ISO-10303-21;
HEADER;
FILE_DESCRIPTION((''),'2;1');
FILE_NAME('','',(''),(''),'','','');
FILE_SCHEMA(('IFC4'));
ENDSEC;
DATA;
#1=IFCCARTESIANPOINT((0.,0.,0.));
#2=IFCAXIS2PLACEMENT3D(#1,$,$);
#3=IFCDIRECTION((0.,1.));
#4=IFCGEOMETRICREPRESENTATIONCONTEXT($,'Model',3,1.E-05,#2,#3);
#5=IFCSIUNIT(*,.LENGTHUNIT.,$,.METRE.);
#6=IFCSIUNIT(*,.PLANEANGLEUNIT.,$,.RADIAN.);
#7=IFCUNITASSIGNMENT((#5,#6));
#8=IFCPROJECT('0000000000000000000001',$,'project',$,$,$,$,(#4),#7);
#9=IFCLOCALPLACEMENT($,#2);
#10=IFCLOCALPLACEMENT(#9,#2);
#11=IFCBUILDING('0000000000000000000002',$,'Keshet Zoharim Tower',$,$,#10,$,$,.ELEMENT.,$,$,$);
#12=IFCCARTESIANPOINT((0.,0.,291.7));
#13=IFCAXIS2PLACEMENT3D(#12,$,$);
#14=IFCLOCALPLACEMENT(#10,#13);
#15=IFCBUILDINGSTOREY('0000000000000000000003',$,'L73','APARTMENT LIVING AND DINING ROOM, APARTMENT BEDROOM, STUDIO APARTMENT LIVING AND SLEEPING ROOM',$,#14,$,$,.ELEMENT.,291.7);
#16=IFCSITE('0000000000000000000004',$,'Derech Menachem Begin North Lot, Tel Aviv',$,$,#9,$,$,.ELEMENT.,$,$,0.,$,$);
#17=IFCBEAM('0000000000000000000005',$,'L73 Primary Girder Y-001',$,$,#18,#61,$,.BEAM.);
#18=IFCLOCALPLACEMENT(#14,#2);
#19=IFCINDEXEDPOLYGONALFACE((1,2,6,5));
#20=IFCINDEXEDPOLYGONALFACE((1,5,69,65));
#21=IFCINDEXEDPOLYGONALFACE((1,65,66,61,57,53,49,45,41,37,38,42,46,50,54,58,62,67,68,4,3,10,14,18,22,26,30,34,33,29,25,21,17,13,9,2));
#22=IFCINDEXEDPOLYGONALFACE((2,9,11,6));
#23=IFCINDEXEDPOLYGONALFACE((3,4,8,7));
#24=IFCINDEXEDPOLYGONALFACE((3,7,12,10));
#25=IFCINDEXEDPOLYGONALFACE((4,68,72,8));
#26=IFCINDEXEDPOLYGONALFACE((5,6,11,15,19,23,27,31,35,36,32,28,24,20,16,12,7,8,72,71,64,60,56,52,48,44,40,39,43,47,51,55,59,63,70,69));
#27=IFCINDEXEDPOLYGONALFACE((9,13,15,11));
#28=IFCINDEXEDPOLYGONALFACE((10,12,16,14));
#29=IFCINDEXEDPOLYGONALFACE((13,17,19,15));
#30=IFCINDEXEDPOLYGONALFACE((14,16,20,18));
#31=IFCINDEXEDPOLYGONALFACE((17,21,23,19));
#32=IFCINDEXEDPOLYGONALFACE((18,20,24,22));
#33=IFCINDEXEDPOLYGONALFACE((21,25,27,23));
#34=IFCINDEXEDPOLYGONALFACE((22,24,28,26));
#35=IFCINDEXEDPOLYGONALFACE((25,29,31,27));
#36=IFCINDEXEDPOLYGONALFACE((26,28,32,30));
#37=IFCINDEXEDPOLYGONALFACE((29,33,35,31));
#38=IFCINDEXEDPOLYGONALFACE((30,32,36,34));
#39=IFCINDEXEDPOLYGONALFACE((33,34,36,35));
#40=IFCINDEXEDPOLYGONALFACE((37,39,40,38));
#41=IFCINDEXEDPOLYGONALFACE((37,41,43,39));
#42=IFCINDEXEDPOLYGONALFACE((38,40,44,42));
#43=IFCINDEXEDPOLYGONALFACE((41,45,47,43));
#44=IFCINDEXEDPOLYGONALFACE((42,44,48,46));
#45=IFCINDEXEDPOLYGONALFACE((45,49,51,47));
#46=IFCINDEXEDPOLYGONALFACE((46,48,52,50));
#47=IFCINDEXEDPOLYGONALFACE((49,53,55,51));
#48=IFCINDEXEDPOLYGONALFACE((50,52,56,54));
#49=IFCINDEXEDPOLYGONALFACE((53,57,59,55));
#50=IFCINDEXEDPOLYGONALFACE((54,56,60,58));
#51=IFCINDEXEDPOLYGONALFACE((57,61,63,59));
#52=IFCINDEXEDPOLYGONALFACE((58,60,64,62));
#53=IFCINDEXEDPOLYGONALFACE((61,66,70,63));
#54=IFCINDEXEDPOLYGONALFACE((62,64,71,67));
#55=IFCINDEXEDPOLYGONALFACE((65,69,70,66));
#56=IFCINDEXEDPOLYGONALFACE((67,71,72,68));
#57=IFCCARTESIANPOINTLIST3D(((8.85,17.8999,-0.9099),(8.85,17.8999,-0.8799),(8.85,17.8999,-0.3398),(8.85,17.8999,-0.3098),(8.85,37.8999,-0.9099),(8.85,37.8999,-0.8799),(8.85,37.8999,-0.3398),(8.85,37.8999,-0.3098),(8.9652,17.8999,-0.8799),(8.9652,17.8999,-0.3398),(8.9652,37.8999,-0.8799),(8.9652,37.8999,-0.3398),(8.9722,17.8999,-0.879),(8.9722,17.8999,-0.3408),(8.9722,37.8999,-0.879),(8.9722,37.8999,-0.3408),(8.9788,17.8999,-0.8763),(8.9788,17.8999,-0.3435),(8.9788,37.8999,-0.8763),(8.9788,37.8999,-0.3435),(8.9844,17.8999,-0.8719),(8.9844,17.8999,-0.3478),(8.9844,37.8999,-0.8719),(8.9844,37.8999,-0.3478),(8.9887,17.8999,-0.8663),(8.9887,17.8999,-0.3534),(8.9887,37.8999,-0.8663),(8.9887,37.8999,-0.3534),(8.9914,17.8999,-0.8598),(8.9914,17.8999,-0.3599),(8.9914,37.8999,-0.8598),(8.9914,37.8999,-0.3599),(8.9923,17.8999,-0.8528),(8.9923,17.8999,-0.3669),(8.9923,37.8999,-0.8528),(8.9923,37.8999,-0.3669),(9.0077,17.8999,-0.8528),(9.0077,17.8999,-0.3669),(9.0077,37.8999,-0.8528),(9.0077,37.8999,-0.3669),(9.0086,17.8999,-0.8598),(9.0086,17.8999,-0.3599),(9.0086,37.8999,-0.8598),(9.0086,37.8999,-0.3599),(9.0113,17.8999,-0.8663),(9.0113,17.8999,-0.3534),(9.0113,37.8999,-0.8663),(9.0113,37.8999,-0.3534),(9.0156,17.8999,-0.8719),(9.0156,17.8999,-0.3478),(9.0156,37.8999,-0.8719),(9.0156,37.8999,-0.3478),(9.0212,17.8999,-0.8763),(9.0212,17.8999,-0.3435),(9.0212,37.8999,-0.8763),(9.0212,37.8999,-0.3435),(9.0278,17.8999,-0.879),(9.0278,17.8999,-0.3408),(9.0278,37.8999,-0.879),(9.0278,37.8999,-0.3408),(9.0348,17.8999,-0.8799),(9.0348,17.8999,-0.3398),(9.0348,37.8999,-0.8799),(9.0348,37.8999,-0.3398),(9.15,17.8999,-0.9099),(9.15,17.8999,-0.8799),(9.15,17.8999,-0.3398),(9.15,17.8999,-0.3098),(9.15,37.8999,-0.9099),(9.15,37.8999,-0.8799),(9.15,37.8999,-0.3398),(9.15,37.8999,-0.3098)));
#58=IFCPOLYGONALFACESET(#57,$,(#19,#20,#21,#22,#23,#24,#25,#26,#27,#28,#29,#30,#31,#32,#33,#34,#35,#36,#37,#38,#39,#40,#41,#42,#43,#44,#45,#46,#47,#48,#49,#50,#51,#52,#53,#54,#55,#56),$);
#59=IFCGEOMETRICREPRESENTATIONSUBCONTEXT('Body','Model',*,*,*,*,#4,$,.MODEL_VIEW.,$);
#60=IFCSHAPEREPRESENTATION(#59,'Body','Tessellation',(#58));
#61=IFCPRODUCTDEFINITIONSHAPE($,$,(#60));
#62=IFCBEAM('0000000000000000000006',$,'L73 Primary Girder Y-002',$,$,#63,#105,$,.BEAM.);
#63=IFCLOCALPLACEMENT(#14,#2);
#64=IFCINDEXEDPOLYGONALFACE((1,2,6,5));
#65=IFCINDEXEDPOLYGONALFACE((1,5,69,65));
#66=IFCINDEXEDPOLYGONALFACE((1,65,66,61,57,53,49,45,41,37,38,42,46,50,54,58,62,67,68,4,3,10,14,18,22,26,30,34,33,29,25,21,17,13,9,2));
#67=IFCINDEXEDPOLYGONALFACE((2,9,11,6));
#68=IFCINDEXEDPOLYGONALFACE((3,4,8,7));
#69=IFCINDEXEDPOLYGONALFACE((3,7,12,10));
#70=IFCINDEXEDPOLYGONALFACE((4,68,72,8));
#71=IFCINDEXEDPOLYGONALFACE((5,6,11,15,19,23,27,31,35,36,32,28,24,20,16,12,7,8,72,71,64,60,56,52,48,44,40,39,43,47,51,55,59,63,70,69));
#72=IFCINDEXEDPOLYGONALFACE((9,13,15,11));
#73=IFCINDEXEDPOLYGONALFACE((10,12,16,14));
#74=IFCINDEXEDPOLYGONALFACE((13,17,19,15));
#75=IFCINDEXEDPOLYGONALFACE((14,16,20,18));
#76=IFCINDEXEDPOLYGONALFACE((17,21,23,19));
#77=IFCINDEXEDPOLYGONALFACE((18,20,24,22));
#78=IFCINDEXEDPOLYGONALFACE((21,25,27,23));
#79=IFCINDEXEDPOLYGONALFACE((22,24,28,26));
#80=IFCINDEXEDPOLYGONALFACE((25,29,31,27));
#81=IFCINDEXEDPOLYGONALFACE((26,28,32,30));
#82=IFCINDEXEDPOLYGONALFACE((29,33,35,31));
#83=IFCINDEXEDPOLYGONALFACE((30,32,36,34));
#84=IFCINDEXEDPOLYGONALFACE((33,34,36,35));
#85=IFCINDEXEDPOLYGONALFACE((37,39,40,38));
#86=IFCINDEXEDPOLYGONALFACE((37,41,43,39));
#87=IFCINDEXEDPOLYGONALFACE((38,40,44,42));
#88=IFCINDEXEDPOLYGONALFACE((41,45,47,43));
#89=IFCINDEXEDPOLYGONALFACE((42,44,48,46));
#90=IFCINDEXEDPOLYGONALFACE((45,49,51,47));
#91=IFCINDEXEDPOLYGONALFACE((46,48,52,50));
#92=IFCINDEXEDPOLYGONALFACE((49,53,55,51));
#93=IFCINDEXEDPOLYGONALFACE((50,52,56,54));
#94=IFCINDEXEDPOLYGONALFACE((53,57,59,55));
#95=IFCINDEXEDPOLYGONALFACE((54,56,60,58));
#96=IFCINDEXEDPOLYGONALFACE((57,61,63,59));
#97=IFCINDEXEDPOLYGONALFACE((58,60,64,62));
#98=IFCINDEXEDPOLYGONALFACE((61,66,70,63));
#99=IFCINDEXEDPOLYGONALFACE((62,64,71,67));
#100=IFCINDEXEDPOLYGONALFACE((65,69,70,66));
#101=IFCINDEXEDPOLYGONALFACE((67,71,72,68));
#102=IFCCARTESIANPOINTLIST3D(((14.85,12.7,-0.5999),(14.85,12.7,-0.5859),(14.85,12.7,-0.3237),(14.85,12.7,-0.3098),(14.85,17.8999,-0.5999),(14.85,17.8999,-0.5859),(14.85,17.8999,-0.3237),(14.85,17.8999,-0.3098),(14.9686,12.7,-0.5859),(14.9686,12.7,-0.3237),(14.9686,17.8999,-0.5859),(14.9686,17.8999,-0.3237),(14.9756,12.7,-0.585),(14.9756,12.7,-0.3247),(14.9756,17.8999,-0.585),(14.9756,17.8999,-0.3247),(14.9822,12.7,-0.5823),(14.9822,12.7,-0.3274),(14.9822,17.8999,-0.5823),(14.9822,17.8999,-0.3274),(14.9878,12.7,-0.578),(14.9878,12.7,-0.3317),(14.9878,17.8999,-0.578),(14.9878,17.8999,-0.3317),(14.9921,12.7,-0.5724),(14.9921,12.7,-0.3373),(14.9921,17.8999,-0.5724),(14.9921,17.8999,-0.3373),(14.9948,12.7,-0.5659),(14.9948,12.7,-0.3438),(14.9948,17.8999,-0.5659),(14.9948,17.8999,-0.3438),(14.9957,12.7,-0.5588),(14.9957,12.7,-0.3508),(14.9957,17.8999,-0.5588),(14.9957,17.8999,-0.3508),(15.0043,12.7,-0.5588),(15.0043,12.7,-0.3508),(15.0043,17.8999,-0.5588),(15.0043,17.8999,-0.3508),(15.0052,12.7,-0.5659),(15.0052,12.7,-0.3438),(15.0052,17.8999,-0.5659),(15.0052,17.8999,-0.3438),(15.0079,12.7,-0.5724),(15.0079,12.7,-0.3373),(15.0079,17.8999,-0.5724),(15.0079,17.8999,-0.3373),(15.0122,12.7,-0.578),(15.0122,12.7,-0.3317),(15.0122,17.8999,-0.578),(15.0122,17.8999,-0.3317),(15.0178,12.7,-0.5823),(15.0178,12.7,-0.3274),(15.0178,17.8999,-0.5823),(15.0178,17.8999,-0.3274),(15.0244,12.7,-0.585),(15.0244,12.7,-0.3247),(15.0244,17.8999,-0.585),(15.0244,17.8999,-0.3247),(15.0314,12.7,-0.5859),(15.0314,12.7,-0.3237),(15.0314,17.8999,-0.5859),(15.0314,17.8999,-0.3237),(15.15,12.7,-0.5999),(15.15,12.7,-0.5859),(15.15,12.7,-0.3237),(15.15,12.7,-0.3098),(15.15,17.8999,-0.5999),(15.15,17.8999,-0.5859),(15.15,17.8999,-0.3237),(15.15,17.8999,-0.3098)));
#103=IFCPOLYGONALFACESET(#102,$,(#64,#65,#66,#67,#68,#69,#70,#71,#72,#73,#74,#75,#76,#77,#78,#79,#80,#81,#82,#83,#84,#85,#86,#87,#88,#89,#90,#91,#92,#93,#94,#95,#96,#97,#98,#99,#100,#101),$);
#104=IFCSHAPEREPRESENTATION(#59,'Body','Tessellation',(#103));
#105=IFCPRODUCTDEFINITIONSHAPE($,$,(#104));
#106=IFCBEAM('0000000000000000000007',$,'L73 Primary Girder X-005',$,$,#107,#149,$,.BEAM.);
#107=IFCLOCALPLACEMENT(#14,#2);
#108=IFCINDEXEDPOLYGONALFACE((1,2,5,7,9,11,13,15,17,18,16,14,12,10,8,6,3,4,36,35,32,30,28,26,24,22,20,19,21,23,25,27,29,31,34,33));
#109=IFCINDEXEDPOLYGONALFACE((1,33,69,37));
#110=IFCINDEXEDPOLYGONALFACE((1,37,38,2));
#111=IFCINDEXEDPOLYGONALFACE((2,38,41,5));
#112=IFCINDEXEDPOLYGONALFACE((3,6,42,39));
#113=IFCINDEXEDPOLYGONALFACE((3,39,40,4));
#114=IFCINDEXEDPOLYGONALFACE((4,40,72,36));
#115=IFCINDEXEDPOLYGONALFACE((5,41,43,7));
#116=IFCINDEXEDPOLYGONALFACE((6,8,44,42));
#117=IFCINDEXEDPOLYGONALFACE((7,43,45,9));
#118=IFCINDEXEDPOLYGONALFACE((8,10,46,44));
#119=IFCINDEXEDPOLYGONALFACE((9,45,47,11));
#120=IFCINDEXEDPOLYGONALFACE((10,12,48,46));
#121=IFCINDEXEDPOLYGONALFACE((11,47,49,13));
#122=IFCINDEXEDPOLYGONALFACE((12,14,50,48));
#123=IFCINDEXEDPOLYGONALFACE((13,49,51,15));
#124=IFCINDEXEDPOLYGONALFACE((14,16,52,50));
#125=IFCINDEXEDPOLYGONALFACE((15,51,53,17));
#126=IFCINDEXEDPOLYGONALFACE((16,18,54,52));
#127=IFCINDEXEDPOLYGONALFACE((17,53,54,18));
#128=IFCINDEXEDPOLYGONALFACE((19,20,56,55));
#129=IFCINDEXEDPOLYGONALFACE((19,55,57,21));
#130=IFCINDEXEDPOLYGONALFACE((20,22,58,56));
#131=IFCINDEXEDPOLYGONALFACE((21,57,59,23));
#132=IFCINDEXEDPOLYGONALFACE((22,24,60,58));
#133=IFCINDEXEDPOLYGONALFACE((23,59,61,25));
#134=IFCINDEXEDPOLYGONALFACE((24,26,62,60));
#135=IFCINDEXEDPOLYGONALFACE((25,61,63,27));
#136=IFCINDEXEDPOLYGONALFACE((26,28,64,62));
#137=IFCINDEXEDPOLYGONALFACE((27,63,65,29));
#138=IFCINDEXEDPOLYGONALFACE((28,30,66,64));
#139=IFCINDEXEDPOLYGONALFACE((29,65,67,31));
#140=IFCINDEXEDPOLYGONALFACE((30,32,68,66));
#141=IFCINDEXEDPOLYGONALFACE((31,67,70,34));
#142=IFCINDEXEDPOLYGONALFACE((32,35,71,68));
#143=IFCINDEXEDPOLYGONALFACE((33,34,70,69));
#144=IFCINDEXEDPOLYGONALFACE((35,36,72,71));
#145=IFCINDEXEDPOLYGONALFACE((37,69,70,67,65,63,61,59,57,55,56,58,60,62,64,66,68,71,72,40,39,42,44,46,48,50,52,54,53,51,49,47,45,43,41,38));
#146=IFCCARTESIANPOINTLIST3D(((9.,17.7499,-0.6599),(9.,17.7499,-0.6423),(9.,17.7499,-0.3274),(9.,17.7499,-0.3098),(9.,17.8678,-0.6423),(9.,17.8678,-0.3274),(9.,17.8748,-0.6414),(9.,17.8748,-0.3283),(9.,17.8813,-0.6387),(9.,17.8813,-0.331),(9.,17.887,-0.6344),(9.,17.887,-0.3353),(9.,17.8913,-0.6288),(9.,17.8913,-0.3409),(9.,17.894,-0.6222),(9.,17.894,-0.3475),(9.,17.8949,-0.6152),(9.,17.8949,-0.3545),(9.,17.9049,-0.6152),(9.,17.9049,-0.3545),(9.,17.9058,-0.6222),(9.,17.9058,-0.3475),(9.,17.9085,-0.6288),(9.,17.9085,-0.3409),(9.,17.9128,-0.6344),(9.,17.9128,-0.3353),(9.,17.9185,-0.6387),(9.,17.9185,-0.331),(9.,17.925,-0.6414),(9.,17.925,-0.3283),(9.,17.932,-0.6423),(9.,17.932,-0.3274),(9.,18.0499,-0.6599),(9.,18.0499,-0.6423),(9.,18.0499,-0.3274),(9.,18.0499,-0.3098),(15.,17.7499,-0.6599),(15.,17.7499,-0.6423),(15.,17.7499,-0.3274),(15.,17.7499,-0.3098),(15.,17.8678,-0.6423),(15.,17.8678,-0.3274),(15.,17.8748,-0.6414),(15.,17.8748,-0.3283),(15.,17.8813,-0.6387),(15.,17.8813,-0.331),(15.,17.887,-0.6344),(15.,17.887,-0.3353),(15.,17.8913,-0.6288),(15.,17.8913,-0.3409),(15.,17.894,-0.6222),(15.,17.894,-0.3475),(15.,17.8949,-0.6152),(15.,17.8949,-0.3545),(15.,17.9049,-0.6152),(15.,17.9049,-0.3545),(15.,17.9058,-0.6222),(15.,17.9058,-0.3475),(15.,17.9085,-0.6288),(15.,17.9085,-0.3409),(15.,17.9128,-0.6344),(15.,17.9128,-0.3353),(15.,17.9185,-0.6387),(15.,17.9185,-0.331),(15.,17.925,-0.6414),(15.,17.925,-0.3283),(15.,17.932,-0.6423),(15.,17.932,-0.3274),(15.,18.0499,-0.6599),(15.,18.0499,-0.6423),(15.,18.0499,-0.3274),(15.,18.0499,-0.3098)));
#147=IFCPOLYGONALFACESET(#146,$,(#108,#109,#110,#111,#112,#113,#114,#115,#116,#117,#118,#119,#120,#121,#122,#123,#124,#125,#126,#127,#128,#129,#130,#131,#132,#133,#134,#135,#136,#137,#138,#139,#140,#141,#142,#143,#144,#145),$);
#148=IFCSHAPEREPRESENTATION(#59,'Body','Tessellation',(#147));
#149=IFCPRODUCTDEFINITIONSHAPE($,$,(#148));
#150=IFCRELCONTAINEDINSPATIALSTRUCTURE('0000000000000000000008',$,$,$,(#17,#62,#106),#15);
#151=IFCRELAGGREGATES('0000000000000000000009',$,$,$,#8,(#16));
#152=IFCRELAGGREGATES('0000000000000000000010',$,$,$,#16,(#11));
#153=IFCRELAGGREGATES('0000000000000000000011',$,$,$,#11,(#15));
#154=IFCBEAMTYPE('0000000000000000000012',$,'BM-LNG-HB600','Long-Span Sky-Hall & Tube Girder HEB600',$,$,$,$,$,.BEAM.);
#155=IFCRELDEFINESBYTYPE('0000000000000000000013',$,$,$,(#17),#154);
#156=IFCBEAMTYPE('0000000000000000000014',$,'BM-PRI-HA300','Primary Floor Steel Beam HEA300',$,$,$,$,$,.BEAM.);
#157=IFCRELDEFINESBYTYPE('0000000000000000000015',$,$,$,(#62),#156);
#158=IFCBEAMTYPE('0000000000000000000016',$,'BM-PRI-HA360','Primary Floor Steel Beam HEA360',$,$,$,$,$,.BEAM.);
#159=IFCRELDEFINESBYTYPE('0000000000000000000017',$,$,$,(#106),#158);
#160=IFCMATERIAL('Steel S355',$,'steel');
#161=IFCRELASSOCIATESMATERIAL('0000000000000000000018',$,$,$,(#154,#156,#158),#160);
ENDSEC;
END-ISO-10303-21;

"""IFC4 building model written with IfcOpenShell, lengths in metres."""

from ifc_helpers import new_model, si_unit, direction, frame, origin, origin_2d, place, context, subcontext, project, spatial, i_section, extrude, material, material_profile, profile_set, type_object, element, save


model = new_model("IFC4")

# Units and contexts
model_context = context("Model", 3, precision=1e-05, world=origin(), true_north=direction((0.0, 1.0)))
body_context = subcontext(model_context, "Body", "Model", "MODEL_VIEW")
ifc_project = project(units=[si_unit("LENGTHUNIT", "METRE"), si_unit("PLANEANGLEUNIT", "RADIAN")], contexts=[model_context])

# Site, building, storey
site_placement = place(None, origin())
site = spatial("IfcSite", under=ifc_project, at=site_placement, Name="Derech Menachem Begin North Lot, Tel Aviv", CompositionType="ELEMENT", RefElevation=0.0)
building_placement = place(site_placement, origin())
building = spatial("IfcBuilding", under=site, at=building_placement, Name="Keshet Zoharim Tower", CompositionType="ELEMENT")
storey_placement = place(building_placement, frame((0.0, 0.0, 291.7)))
storey = spatial("IfcBuildingStorey", under=building, at=storey_placement, Name="L73", Description="APARTMENT LIVING AND DINING ROOM, APARTMENT BEDROOM, STUDIO APARTMENT LIVING AND SLEEPING ROOM", CompositionType="ELEMENT", Elevation=291.7)

# Shared definitions
ifc_material_1 = material(Name="Steel S355", Category="steel")

# Beams
ifc_material_profile_1 = material_profile(ifc_material_1, i_section(OverallWidth=0.3, OverallDepth=0.6001, WebThickness=0.0154, FlangeThickness=0.03, FilletRadius=0.0271, at=origin_2d()), Name="HEB600")
ifc_profile_set_1 = profile_set([ifc_material_profile_1], Name="Steel S355")
beam_type_1 = type_object("IfcBeamType", Name="BM-LNG-HB600", Description="Long-Span Sky-Hall & Tube Girder HEB600", PredefinedType="BEAM", material=ifc_profile_set_1)
beam_1_placement = place(storey_placement, frame((9.0, 17.8999, -0.6099), z_axis=(0.0, 1.0, 0.0), x_axis=(-1.0, 0.0, 0.0)))
element("IfcBeam", 1, at=beam_1_placement, inside=storey, type_object=beam_type_1, Name="L73 Primary Girder Y-001", PredefinedType="BEAM", context=body_context, shape_type="SweptSolid", body=[
    extrude(i_section(OverallWidth=0.3, OverallDepth=0.6001, WebThickness=0.0154, FlangeThickness=0.03, FilletRadius=0.0271, at=origin_2d()), origin(), (0.0, 0.0, 1.0), 20.0),
])
ifc_material_profile_2 = material_profile(ifc_material_1, i_section(OverallWidth=0.3, OverallDepth=0.29, WebThickness=0.0085, FlangeThickness=0.0139, FilletRadius=0.0271, at=origin_2d()), Name="HEA300")
ifc_profile_set_2 = profile_set([ifc_material_profile_2], Name="Steel S355")
beam_type_2 = type_object("IfcBeamType", Name="BM-PRI-HA300", Description="Primary Floor Steel Beam HEA300", PredefinedType="BEAM", material=ifc_profile_set_2)
beam_2_placement = place(storey_placement, frame((15.0, 12.7, -0.4548), z_axis=(0.0, 1.0, 0.0), x_axis=(-1.0, 0.0, 0.0)))
element("IfcBeam", 2, at=beam_2_placement, inside=storey, type_object=beam_type_2, Name="L73 Primary Girder Y-002", PredefinedType="BEAM", context=body_context, shape_type="SweptSolid", body=[
    extrude(i_section(OverallWidth=0.3, OverallDepth=0.29, WebThickness=0.0085, FlangeThickness=0.0139, FilletRadius=0.0271, at=origin_2d()), origin(), (0.0, 0.0, 1.0), 5.2),
])
ifc_material_profile_3 = material_profile(ifc_material_1, i_section(OverallWidth=0.3, OverallDepth=0.3501, WebThickness=0.01, FlangeThickness=0.0176, FilletRadius=0.0271, at=origin_2d()), Name="HEA360")
ifc_profile_set_3 = profile_set([ifc_material_profile_3], Name="Steel S355")
beam_type_3 = type_object("IfcBeamType", Name="BM-PRI-HA360", Description="Primary Floor Steel Beam HEA360", PredefinedType="BEAM", material=ifc_profile_set_3)
beam_3_placement = place(storey_placement, frame((9.0, 17.8999, -0.4849), z_axis=(1.0, 0.0, 0.0), x_axis=(0.0, 1.0, 0.0)))
element("IfcBeam", 3, at=beam_3_placement, inside=storey, type_object=beam_type_3, Name="L73 Primary Girder X-005", PredefinedType="BEAM", context=body_context, shape_type="SweptSolid", body=[
    extrude(i_section(OverallWidth=0.3, OverallDepth=0.3501, WebThickness=0.01, FlangeThickness=0.0176, FilletRadius=0.0271, at=origin_2d()), origin(), (0.0, 0.0, 1.0), 6.0),
])

save(model, "model.ifc")
